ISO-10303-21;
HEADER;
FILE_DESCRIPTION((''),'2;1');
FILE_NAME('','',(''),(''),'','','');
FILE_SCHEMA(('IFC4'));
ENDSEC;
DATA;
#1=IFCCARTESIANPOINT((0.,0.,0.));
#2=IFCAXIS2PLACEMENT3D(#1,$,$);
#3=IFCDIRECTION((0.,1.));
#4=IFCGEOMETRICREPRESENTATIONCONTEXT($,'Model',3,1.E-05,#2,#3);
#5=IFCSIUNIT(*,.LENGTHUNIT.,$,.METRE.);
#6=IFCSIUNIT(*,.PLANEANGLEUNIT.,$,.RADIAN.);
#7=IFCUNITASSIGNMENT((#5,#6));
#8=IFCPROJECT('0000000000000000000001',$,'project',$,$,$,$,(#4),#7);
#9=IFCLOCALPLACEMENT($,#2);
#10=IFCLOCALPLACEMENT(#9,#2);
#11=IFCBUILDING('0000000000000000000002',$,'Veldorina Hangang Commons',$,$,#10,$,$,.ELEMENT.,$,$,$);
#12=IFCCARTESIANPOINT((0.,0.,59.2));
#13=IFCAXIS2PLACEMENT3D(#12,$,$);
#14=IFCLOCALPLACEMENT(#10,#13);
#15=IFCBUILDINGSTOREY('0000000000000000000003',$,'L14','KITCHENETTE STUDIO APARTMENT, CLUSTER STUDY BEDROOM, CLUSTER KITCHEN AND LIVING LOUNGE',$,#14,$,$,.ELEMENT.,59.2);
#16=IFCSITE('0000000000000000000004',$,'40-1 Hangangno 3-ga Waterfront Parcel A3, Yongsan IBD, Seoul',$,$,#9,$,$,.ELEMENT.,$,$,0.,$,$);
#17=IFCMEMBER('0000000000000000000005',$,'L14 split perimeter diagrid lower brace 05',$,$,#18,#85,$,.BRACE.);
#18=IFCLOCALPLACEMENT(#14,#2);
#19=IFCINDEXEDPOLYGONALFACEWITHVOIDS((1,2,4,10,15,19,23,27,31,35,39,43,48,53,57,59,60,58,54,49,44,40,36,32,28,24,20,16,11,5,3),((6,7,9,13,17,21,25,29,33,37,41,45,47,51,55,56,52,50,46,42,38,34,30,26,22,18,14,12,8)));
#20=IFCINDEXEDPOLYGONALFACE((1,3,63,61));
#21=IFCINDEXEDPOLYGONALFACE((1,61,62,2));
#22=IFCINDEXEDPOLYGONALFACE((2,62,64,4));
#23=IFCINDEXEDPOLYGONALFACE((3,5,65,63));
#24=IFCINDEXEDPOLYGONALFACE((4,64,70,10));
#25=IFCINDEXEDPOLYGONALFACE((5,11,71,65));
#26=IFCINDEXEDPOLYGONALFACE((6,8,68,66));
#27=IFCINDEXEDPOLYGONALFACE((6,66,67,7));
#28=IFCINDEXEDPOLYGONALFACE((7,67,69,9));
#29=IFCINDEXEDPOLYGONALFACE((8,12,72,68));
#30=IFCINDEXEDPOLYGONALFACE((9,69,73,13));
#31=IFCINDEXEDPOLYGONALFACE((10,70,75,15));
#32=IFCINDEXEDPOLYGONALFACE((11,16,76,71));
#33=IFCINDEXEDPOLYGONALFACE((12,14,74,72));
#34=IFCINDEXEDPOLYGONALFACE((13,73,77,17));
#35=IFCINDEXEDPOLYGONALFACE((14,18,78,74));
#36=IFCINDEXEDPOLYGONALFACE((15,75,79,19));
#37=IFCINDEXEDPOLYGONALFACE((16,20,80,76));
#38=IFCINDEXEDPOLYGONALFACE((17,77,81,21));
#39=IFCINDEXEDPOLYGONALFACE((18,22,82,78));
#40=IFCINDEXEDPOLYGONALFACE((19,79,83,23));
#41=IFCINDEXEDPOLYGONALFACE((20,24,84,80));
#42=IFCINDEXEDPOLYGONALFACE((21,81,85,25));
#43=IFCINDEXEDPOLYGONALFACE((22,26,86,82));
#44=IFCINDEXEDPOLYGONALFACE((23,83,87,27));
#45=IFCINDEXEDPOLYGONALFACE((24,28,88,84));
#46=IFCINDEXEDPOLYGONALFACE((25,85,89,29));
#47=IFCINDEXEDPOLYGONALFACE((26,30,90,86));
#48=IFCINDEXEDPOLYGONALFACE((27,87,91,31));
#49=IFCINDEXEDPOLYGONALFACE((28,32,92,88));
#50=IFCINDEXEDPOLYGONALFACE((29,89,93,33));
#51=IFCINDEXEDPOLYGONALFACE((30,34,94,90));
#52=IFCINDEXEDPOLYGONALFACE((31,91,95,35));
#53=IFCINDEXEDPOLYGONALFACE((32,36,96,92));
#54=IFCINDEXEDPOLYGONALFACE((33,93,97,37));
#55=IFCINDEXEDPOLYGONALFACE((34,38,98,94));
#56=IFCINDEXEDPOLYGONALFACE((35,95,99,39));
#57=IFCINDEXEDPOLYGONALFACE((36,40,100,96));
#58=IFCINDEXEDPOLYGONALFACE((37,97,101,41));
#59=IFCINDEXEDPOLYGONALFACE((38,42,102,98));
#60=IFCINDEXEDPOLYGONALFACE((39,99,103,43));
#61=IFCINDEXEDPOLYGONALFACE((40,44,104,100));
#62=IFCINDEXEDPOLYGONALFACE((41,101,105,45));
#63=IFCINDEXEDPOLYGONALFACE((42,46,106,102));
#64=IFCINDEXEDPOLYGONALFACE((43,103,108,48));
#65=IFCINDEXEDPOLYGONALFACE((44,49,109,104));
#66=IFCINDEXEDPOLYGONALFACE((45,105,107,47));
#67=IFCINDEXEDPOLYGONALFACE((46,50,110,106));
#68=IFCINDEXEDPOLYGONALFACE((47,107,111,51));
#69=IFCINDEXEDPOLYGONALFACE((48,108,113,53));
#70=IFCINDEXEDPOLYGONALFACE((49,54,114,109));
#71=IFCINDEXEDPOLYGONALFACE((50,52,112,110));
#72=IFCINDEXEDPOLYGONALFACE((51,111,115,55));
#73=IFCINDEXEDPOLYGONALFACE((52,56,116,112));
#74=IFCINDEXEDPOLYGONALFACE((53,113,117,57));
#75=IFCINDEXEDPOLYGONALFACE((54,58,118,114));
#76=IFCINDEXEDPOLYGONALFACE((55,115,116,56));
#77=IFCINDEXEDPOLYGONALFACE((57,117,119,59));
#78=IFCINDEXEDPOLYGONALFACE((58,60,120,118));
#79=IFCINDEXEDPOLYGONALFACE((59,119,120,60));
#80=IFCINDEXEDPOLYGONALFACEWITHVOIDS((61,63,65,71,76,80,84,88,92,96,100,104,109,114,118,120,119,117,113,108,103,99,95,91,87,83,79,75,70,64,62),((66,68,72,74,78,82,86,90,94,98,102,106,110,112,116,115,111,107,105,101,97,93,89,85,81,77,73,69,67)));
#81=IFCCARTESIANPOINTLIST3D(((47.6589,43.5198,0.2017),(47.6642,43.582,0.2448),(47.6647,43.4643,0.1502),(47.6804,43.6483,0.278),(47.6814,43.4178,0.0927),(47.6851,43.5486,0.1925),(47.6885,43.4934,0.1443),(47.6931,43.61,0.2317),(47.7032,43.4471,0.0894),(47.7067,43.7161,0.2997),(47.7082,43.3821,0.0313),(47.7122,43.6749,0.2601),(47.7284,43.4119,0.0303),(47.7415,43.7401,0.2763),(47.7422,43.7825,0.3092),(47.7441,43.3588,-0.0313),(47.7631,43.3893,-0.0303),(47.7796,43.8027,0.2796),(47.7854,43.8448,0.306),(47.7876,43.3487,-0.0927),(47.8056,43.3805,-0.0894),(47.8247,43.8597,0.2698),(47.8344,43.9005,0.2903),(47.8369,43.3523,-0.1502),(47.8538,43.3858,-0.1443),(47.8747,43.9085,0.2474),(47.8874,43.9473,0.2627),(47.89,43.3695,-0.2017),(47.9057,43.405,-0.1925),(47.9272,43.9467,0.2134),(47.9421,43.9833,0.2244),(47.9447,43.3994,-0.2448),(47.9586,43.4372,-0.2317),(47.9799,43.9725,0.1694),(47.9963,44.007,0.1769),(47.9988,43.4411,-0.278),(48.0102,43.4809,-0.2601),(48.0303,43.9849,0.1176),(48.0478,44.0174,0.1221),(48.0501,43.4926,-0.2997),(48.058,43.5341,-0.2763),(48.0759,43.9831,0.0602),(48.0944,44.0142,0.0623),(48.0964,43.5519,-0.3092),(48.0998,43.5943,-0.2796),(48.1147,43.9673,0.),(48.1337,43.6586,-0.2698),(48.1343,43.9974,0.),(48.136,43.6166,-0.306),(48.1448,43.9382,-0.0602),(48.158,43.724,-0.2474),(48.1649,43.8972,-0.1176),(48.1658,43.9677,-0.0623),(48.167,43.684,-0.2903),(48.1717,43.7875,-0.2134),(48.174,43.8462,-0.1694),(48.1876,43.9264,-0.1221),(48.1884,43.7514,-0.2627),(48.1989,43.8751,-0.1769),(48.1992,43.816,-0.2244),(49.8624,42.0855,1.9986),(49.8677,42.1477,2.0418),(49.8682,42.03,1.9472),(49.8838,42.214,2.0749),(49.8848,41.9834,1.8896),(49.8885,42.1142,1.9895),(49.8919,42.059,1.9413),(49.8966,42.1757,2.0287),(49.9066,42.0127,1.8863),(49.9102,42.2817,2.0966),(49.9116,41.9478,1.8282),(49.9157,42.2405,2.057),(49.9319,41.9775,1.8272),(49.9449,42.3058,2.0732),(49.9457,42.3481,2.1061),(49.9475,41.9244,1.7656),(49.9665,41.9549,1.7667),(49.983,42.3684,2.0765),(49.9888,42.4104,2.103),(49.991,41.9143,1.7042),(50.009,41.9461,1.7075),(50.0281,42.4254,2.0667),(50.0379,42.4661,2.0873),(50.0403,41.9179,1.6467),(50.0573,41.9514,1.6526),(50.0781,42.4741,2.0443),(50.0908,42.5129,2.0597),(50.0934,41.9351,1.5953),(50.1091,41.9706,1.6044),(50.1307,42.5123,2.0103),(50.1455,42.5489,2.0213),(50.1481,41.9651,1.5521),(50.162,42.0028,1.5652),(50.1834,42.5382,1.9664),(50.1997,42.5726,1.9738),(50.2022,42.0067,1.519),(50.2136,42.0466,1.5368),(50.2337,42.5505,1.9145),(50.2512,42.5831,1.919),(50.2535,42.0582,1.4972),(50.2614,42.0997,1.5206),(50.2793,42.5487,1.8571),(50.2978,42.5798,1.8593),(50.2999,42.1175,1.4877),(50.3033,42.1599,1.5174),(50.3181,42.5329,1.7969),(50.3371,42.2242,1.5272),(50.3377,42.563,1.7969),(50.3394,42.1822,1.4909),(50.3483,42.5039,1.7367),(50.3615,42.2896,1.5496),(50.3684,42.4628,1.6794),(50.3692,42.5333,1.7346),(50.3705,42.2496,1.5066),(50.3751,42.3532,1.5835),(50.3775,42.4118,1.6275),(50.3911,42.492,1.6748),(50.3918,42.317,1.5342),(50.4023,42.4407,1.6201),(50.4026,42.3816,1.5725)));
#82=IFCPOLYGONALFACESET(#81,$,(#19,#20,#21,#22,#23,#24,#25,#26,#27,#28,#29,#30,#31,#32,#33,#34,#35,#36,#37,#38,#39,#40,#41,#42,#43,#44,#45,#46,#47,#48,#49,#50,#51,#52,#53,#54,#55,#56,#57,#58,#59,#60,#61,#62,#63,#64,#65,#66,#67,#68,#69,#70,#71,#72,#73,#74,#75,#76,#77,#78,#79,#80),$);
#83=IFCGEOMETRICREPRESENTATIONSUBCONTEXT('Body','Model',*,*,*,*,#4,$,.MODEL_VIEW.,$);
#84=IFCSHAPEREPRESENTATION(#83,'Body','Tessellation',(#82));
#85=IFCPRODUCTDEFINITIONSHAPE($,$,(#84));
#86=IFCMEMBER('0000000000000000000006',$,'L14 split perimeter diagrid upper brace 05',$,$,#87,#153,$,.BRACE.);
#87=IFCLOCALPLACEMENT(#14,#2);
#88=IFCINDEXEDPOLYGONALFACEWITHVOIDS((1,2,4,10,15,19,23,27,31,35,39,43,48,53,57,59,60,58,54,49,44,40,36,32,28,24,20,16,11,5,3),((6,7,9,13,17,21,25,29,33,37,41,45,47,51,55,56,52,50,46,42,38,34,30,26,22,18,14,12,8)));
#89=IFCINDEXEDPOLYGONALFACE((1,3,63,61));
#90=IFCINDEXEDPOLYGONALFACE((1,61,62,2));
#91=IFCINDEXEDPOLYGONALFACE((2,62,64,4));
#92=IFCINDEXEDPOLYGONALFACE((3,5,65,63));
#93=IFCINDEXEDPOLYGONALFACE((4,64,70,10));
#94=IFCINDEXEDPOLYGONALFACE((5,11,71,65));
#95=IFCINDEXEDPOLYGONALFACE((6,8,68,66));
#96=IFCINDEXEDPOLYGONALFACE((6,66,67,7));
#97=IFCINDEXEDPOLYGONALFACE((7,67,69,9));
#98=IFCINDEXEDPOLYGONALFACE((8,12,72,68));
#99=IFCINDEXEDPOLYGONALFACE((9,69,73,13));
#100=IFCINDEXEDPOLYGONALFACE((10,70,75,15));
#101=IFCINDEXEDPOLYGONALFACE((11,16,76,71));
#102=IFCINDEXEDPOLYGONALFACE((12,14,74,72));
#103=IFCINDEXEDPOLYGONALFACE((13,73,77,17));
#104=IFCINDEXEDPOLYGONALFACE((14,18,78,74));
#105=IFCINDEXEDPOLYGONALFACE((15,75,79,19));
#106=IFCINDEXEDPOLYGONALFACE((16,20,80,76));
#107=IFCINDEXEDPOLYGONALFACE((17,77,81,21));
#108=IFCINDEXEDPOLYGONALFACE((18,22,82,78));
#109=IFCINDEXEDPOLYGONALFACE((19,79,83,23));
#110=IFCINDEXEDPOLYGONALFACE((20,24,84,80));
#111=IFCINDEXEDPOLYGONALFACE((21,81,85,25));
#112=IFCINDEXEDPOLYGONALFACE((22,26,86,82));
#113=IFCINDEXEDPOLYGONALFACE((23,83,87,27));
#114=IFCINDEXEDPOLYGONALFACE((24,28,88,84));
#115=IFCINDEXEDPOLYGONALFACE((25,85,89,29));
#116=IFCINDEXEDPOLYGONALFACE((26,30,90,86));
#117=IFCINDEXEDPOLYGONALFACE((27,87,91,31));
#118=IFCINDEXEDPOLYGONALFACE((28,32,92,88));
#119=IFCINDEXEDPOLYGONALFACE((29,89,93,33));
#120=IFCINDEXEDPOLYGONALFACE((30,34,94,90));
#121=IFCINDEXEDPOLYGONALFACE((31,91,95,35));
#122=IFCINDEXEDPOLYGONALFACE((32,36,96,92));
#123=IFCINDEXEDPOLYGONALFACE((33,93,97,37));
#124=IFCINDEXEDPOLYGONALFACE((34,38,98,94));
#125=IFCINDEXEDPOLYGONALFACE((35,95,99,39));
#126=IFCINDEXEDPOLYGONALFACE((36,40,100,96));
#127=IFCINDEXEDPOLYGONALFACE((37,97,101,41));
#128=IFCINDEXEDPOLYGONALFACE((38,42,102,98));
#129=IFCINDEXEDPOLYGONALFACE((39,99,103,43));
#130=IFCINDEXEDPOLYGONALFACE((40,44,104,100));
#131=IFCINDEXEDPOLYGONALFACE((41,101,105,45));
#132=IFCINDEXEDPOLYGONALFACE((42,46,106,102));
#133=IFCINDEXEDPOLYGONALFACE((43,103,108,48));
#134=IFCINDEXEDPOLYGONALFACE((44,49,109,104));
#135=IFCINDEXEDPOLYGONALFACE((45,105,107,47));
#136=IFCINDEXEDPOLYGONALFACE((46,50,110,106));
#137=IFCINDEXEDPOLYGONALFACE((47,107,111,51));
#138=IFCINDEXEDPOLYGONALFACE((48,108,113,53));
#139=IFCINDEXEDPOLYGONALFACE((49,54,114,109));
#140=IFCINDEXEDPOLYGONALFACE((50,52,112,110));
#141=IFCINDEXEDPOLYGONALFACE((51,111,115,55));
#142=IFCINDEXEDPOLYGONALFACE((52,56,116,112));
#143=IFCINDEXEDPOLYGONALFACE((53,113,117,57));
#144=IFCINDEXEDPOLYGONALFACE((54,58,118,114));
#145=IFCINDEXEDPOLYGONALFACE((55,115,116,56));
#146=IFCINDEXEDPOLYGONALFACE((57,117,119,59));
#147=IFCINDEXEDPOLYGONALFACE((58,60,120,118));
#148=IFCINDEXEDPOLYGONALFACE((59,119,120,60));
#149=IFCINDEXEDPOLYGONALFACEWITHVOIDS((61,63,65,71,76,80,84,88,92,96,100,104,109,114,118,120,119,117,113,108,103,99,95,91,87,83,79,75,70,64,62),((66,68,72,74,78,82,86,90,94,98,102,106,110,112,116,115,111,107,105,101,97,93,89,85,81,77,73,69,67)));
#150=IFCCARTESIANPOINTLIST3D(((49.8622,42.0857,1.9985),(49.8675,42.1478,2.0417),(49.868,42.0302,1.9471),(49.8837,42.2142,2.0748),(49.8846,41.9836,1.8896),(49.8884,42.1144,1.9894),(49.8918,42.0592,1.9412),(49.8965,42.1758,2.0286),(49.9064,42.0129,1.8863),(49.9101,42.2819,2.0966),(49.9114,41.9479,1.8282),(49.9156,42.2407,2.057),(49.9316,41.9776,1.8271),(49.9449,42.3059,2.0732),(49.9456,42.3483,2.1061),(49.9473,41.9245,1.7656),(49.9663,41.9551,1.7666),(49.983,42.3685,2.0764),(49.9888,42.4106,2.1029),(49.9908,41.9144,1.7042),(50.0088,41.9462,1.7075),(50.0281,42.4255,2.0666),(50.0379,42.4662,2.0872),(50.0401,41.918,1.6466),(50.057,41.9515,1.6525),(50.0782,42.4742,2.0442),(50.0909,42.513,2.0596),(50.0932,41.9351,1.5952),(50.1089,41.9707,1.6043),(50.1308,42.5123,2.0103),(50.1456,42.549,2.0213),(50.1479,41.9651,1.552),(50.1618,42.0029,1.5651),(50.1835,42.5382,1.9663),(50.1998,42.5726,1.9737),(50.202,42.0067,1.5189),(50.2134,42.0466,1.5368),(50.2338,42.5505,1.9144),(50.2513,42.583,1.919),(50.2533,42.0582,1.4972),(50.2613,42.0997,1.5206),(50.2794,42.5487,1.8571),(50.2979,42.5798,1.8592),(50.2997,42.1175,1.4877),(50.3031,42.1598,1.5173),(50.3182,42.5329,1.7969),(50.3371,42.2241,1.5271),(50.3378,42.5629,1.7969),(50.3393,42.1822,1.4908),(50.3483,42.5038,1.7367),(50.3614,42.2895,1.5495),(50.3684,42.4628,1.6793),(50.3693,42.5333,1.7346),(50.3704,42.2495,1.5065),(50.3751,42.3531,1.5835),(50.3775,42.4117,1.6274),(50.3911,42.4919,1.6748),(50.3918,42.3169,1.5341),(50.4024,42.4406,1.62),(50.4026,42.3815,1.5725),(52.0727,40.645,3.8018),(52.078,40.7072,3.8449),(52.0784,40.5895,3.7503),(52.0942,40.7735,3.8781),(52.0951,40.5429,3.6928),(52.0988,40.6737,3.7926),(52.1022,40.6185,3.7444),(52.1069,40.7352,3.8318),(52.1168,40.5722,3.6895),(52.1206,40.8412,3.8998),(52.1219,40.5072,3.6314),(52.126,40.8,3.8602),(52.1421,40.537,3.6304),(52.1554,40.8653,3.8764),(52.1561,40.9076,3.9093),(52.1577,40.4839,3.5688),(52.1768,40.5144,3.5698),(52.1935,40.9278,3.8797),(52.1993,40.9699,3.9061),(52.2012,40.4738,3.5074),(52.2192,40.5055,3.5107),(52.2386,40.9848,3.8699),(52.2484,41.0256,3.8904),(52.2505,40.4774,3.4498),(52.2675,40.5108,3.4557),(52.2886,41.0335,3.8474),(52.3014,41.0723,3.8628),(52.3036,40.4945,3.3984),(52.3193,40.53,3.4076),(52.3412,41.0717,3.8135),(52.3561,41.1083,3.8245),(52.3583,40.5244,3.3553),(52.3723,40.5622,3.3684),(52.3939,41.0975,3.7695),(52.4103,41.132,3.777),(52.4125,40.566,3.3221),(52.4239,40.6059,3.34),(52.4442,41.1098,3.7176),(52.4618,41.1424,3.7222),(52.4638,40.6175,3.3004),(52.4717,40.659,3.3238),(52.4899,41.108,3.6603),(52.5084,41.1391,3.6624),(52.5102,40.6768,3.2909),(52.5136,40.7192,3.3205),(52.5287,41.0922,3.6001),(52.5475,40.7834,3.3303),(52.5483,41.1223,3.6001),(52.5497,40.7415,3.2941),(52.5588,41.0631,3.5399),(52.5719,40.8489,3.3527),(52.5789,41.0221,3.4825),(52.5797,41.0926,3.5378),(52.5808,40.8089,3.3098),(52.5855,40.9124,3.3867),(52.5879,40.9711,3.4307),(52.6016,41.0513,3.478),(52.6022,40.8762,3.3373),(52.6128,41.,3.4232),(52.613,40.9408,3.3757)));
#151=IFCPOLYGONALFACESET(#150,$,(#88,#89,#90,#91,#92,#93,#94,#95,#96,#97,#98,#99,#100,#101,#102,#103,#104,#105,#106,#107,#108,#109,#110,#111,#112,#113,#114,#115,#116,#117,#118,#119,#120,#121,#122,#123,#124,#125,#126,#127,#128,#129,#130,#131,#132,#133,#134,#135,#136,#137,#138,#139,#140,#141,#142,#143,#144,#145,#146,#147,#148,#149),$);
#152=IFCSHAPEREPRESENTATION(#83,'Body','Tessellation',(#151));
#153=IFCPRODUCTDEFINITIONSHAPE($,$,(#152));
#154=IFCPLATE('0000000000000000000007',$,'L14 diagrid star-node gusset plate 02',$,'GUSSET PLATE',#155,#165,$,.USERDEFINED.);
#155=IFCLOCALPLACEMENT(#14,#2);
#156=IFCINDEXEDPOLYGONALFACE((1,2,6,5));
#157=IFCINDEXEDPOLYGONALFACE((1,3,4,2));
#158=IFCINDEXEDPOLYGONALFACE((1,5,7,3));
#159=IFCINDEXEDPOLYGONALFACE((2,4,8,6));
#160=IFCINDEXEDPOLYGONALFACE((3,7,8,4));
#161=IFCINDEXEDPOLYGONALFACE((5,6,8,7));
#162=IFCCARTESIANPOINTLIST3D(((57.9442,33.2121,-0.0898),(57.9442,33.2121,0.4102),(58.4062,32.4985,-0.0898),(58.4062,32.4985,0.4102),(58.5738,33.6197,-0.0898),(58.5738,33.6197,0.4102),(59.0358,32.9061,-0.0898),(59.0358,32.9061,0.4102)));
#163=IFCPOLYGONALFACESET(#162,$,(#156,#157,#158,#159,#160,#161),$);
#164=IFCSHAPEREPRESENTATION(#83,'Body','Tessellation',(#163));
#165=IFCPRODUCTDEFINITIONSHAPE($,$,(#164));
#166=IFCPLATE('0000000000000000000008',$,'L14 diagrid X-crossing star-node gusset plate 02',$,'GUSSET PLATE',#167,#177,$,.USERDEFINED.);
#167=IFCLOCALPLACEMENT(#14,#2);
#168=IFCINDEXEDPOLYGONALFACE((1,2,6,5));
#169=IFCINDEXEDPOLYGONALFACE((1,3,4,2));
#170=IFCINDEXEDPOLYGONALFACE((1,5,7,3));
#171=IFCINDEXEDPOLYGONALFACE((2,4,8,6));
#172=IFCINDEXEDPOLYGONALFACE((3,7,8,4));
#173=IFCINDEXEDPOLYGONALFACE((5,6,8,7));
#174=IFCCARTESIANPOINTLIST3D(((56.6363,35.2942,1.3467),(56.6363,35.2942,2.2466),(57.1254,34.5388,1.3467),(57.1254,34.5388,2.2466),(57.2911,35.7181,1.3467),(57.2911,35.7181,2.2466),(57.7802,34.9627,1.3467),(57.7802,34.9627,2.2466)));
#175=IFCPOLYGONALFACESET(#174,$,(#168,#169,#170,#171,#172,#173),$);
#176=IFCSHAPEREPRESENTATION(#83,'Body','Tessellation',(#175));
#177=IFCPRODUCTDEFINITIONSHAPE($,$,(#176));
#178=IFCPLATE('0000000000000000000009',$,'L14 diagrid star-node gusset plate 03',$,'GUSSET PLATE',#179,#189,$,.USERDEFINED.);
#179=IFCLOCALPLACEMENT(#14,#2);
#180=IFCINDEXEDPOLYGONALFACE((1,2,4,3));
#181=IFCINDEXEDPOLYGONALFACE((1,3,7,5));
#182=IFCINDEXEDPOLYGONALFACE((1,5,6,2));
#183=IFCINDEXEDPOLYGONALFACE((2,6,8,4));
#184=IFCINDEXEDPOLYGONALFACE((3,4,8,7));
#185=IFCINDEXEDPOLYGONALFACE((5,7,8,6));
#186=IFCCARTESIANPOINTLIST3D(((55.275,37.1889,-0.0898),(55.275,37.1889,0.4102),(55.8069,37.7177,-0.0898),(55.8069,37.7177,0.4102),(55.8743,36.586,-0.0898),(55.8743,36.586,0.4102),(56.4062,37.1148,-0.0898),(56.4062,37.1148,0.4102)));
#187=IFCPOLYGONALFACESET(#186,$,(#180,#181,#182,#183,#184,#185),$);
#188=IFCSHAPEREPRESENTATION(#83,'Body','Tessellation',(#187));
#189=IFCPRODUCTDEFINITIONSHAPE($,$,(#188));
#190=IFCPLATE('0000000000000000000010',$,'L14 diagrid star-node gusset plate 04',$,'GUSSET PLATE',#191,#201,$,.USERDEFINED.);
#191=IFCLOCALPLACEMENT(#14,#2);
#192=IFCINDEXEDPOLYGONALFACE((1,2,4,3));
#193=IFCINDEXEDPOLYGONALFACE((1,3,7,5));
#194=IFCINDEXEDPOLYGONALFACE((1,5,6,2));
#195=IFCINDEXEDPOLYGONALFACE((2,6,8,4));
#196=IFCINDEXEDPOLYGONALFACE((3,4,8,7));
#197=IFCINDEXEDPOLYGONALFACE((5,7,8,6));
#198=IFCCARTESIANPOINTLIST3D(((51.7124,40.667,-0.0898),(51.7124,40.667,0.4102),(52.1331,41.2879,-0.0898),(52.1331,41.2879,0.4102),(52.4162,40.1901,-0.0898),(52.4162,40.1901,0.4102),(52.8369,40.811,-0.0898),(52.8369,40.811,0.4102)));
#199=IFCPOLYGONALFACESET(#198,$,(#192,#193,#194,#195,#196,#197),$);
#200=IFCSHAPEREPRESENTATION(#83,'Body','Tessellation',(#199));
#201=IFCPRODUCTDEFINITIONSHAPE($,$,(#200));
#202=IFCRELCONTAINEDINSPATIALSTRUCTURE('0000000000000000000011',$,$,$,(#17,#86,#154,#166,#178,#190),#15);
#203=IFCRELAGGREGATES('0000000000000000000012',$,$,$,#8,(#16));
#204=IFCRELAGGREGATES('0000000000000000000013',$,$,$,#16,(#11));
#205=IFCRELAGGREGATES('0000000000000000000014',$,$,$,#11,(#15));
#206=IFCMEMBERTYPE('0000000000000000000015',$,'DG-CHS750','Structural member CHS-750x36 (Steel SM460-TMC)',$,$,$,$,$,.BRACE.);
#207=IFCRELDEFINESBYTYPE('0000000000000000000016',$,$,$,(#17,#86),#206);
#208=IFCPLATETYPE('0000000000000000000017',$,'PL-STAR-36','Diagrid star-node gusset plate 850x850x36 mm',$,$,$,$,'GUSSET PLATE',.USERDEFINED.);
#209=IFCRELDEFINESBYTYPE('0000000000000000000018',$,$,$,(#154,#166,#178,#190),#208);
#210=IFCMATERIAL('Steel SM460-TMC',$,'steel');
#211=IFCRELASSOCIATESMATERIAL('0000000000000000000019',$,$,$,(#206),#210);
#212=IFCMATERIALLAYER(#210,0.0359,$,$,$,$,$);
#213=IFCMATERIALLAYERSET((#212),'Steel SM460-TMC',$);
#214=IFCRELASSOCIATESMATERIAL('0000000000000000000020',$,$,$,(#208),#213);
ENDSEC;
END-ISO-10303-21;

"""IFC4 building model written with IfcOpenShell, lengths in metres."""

from ifc_helpers import new_model, si_unit, direction, frame, origin, origin_2d, place, context, subcontext, project, spatial, rectangle, hollow_circle, extrude, material, layer, layer_set, material_profile, profile_set, type_object, element, save


model = new_model("IFC4")

# Units and contexts
model_context = context("Model", 3, precision=1e-05, world=origin(), true_north=direction((0.0, 1.0)))
body_context = subcontext(model_context, "Body", "Model", "MODEL_VIEW")
ifc_project = project(units=[si_unit("LENGTHUNIT", "METRE"), si_unit("PLANEANGLEUNIT", "RADIAN")], contexts=[model_context])

# Site, building, storey
site_placement = place(None, origin())
site = spatial("IfcSite", under=ifc_project, at=site_placement, Name="40-1 Hangangno 3-ga Waterfront Parcel A3, Yongsan IBD, Seoul", CompositionType="ELEMENT", RefElevation=0.0)
building_placement = place(site_placement, origin())
building = spatial("IfcBuilding", under=site, at=building_placement, Name="Veldorina Hangang Commons", CompositionType="ELEMENT")
storey_placement = place(building_placement, frame((0.0, 0.0, 59.2)))
storey = spatial("IfcBuildingStorey", under=building, at=storey_placement, Name="L14", Description="KITCHENETTE STUDIO APARTMENT, CLUSTER STUDY BEDROOM, CLUSTER KITCHEN AND LIVING LOUNGE", CompositionType="ELEMENT", Elevation=59.2)

# Shared definitions
ifc_material_1 = material(Name="Steel SM460-TMC", Category="steel")

# Members
ifc_material_profile_1 = material_profile(ifc_material_1, hollow_circle(Radius=0.375, WallThickness=0.0359, at=origin_2d()), Name="CHS-750x36")
ifc_profile_set_1 = profile_set([ifc_material_profile_1], Name="Steel SM460-TMC")
member_type = type_object("IfcMemberType", Name="DG-CHS750", Description="Structural member CHS-750x36 (Steel SM460-TMC)", PredefinedType="BRACE", material=ifc_profile_set_1)
member_1_placement = place(storey_placement, frame((47.9297, 43.6831, 0.0), z_axis=(0.691909, -0.450412, 0.564261), x_axis=(0.545559, 0.838072, 0.0)))
element("IfcMember", 1, at=member_1_placement, inside=storey, type_object=member_type, Name="L14 split perimeter diagrid lower brace 05", PredefinedType="BRACE", context=body_context, shape_type="SweptSolid", body=[
    extrude(hollow_circle(Radius=0.375, WallThickness=0.0359, at=origin_2d()), origin(), (0.0, 0.0, 1.0), 3.1846),
])
member_2_placement = place(storey_placement, frame((50.1331, 42.2488, 1.7969), z_axis=(0.69167, -0.4508, 0.564245), x_axis=(0.546022, 0.837771, 0.0)))
element("IfcMember", 2, at=member_2_placement, inside=storey, type_object=member_type, Name="L14 split perimeter diagrid upper brace 05", PredefinedType="BRACE", context=body_context, shape_type="SweptSolid", body=[
    extrude(hollow_circle(Radius=0.375, WallThickness=0.0359, at=origin_2d()), origin(), (0.0, 0.0, 1.0), 3.1958),
])

# Plates
ifc_layer_1 = layer(ifc_material_1, 0.0359)
ifc_layer_set_1 = layer_set([ifc_layer_1], Name="Steel SM460-TMC")
plate_type = type_object("IfcPlateType", Name="PL-STAR-36", Description="Diagrid star-node gusset plate 850x850x36 mm", ElementType="GUSSET PLATE", PredefinedType="USERDEFINED", material=ifc_layer_set_1)
plate_1_placement = place(storey_placement, frame((58.49, 33.0591, -0.0898), z_axis=(0.0, 0.0, 1.0), x_axis=(-0.543467, 0.83943, 0.0)))
element("IfcPlate", 3, at=plate_1_placement, inside=storey, type_object=plate_type, Name="L14 diagrid star-node gusset plate 02", ObjectType="GUSSET PLATE", PredefinedType="USERDEFINED", context=body_context, shape_type="SweptSolid", body=[
    extrude(rectangle(XDim=0.8501, YDim=0.75, at=origin_2d()), origin(), (0.0, 0.0, 1.0), 0.5),
])
plate_2_placement = place(storey_placement, frame((57.2083, 35.1284, 1.3467), z_axis=(0.0, 0.0, 1.0), x_axis=(-0.543467, 0.83943, 0.0)))
element("IfcPlate", 4, at=plate_2_placement, inside=storey, type_object=plate_type, Name="L14 diagrid X-crossing star-node gusset plate 02", ObjectType="GUSSET PLATE", PredefinedType="USERDEFINED", context=body_context, shape_type="SweptSolid", body=[
    extrude(rectangle(XDim=0.8999, YDim=0.78, at=origin_2d()), origin(), (0.0, 0.0, 1.0), 0.8999),
])
for number, where, z_axis, x_axis, name in (
    (5, (55.8406, 37.1519, -0.0898), (0.0, 0.0, 1.0), (-0.704981, 0.709226, 0.0), "L14 diagrid star-node gusset plate 03"),
    (6, (52.2747, 40.739, -0.0898), (0.0, 0.0, 1.0), (-0.827865, 0.560928, 0.0), "L14 diagrid star-node gusset plate 04"),
):
    element("IfcPlate", number, at=place(storey_placement, frame(where, z_axis=z_axis, x_axis=x_axis)), inside=storey, type_object=plate_type, Name=name, ObjectType="GUSSET PLATE", PredefinedType="USERDEFINED", context=body_context, shape_type="SweptSolid", body=[
        extrude(rectangle(XDim=0.8501, YDim=0.75, at=origin_2d()), origin(), (0.0, 0.0, 1.0), 0.5),
    ])

save(model, "model.ifc")
